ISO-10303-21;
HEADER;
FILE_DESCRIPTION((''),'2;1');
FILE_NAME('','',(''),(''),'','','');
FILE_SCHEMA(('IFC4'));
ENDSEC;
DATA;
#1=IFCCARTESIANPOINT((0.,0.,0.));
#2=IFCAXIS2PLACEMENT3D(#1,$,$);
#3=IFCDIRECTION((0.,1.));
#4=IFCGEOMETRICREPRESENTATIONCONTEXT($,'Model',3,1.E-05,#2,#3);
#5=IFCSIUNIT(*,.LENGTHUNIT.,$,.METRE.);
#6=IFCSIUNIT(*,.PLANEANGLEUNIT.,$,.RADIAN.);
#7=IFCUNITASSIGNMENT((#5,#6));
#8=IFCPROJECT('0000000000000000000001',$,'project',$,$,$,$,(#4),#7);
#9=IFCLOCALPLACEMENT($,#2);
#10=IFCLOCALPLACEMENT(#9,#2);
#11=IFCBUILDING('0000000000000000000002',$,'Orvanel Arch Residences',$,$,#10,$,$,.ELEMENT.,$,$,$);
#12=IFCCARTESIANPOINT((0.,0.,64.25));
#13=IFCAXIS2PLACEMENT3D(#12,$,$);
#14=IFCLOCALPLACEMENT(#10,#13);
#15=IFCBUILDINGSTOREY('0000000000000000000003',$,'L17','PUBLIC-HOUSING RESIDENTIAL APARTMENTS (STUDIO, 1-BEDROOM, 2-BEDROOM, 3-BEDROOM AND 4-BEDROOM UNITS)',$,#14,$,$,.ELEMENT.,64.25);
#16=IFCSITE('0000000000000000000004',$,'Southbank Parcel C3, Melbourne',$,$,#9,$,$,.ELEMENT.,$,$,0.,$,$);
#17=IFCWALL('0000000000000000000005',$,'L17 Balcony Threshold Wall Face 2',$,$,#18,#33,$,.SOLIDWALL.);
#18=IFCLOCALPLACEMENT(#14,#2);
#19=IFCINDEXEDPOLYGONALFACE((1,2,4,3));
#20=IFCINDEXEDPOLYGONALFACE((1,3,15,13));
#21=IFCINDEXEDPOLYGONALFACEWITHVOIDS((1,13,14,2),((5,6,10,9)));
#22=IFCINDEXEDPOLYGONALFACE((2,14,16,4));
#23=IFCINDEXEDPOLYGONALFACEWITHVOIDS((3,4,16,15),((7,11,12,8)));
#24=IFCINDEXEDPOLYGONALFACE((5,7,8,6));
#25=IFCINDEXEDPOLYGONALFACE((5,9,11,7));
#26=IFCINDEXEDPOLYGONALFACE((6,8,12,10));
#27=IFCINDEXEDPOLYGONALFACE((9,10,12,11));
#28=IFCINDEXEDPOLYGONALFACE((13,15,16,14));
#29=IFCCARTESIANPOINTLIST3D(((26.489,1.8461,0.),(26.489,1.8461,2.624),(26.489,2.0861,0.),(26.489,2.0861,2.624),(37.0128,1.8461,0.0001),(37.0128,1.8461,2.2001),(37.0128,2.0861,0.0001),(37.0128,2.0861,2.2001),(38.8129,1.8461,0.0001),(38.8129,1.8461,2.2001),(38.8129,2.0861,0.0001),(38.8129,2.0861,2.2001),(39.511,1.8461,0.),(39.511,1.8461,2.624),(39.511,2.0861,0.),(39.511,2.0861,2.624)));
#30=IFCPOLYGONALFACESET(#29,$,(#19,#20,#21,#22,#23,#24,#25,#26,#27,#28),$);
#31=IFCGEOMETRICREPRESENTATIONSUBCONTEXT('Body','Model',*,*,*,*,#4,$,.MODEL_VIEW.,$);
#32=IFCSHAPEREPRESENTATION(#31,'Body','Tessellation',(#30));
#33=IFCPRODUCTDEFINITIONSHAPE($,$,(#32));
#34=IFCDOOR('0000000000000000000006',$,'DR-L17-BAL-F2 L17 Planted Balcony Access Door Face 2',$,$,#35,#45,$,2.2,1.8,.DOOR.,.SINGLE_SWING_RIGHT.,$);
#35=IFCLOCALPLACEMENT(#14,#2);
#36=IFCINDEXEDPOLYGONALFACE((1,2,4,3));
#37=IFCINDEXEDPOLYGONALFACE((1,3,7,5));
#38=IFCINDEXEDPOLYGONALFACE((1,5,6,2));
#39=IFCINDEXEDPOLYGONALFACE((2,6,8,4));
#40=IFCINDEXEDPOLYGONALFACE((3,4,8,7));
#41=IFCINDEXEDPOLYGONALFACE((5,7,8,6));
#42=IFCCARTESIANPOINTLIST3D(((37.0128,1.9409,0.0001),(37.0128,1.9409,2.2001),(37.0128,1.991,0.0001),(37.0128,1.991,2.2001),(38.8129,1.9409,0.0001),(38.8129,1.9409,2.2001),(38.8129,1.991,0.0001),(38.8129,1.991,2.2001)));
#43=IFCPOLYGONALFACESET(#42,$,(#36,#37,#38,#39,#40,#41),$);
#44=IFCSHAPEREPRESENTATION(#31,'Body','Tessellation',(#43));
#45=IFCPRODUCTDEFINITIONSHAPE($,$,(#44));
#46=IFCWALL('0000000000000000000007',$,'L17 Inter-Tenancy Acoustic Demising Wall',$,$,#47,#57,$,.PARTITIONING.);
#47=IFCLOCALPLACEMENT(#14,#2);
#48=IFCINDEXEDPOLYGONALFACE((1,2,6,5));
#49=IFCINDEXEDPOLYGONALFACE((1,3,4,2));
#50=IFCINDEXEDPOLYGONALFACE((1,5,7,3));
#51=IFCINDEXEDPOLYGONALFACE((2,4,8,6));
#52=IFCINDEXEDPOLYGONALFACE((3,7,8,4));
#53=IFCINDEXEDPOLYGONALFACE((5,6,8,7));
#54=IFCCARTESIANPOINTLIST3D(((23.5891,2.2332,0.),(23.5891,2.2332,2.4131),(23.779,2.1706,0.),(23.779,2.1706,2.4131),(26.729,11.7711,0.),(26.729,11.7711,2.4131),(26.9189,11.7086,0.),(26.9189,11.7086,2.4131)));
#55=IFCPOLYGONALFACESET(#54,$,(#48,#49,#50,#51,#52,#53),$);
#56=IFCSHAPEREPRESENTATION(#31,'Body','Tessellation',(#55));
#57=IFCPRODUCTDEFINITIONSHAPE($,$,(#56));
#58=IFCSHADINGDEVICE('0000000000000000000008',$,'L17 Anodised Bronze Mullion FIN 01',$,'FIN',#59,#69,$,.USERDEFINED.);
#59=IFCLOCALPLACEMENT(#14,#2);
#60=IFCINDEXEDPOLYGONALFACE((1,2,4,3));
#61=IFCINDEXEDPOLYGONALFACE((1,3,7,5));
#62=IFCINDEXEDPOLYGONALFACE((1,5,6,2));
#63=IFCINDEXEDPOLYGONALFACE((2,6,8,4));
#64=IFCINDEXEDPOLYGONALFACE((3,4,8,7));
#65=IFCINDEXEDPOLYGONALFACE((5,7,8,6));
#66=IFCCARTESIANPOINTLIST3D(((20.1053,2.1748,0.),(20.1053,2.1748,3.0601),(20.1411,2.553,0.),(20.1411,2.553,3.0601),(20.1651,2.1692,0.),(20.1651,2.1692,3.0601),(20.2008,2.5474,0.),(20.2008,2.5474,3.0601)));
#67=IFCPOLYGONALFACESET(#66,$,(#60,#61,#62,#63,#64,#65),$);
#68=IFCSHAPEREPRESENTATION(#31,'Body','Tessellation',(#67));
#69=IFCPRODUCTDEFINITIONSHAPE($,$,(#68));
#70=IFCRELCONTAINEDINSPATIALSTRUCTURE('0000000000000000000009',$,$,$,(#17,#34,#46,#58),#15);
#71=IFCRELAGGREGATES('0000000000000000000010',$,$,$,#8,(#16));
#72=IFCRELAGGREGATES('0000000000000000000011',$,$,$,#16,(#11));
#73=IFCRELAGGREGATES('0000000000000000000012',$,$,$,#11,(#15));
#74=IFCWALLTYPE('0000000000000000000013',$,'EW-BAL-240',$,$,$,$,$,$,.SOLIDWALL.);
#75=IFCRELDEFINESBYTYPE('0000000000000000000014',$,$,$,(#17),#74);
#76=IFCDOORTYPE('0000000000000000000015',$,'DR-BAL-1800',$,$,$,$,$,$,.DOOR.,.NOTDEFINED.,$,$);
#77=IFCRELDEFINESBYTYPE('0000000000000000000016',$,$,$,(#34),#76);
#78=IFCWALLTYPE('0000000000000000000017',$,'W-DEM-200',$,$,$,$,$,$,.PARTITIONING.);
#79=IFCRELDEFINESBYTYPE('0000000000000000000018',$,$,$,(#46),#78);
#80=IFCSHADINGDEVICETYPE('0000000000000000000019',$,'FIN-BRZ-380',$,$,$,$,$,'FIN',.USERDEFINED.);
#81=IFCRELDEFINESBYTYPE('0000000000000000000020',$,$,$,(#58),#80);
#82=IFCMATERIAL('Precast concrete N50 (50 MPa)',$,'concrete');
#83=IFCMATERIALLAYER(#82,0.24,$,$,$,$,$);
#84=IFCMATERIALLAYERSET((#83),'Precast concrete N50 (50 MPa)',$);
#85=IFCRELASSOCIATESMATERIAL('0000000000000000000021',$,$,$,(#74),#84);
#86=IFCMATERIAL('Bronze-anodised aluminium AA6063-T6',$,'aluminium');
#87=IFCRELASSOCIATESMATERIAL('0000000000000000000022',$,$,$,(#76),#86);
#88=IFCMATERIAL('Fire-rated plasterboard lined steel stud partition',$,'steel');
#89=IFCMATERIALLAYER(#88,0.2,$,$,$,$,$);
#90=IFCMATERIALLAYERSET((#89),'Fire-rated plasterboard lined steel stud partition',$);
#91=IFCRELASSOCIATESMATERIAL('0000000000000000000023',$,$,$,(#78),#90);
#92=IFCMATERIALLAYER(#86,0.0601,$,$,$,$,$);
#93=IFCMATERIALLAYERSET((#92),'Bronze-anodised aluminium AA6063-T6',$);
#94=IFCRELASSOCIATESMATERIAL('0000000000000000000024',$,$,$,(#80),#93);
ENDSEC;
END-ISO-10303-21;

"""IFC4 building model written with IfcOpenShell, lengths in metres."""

from ifc_helpers import new_model, si_unit, direction, frame, frame_2d, origin, origin_2d, place, context, subcontext, project, spatial, rectangle, extrude, material, layer, layer_set, type_object, element, fill, save


model = new_model("IFC4")

# Units and contexts
model_context = context("Model", 3, precision=1e-05, world=origin(), true_north=direction((0.0, 1.0)))
body_context = subcontext(model_context, "Body", "Model", "MODEL_VIEW")
ifc_project = project(units=[si_unit("LENGTHUNIT", "METRE"), si_unit("PLANEANGLEUNIT", "RADIAN")], contexts=[model_context])

# Site, building, storey
site_placement = place(None, origin())
site = spatial("IfcSite", under=ifc_project, at=site_placement, Name="Southbank Parcel C3, Melbourne", CompositionType="ELEMENT", RefElevation=0.0)
building_placement = place(site_placement, origin())
building = spatial("IfcBuilding", under=site, at=building_placement, Name="Orvanel Arch Residences", CompositionType="ELEMENT")
storey_placement = place(building_placement, frame((0.0, 0.0, 64.25)))
storey = spatial("IfcBuildingStorey", under=building, at=storey_placement, Name="L17", Description="PUBLIC-HOUSING RESIDENTIAL APARTMENTS (STUDIO, 1-BEDROOM, 2-BEDROOM, 3-BEDROOM AND 4-BEDROOM UNITS)", CompositionType="ELEMENT", Elevation=64.25)

# Shared definitions
ifc_material_1 = material(Name="Bronze-anodised aluminium AA6063-T6", Category="aluminium")

# Wall, opening, door
ifc_material_2 = material(Name="Precast concrete N50 (50 MPa)", Category="concrete")
ifc_layer_1 = layer(ifc_material_2, 0.24)
ifc_layer_set_1 = layer_set([ifc_layer_1], Name="Precast concrete N50 (50 MPa)")
wall_type_1 = type_object("IfcWallType", Name="EW-BAL-240", PredefinedType="SOLIDWALL", material=ifc_layer_set_1)
wall_1_placement = place(storey_placement, frame((26.489, 1.9661, 0.0), z_axis=(0.0, 0.0, 1.0), x_axis=(1.0, 0.0, 0.0)))
wall_1 = element("IfcWall", 1, at=wall_1_placement, inside=storey, type_object=wall_type_1, Name="L17 Balcony Threshold Wall Face 2", PredefinedType="SOLIDWALL", context=body_context, shape_type="SweptSolid", body=[
    extrude(rectangle(XDim=13.022, YDim=0.24, at=frame_2d((6.511, 0.0))), origin(), (0.0, 0.0, 1.0), 2.624),
])
opening_placement = place(wall_1_placement, frame((10.5239, 0.0, 0.0)))
opening = element("IfcOpeningElement", 2, at=opening_placement, cuts=wall_1, PredefinedType="OPENING", context=body_context, shape_type="SweptSolid", body=[
    extrude(rectangle(XDim=1.8, YDim=2.2, at=frame_2d((0.8999, 1.1001))), frame((0.0, 0.1299, 0.0), z_axis=(0.0, -1.0, 0.0), x_axis=(1.0, 0.0, 0.0)), (0.0, 0.0, 1.0), 0.26),
])
door_type = type_object("IfcDoorType", Name="DR-BAL-1800", OperationType="NOTDEFINED", PredefinedType="DOOR", material=ifc_material_1)
door_placement = place(opening_placement, origin())
door = element("IfcDoor", 3, at=door_placement, inside=storey, type_object=door_type, Name="DR-L17-BAL-F2 L17 Planted Balcony Access Door Face 2", OperationType="SINGLE_SWING_RIGHT", OverallHeight=2.2, OverallWidth=1.8, PredefinedType="DOOR", context=body_context, shape_type="SweptSolid", body=[
    extrude(rectangle(XDim=1.8, YDim=2.2, at=frame_2d((0.8999, 1.1001))), frame((0.0, 0.0249, 0.0), z_axis=(0.0, -1.0, 0.0), x_axis=(1.0, 0.0, 0.0)), (0.0, 0.0, 1.0), 0.05),
])
fill(opening, door)

# Wall
ifc_material_3 = material(Name="Fire-rated plasterboard lined steel stud partition", Category="steel")
ifc_layer_2 = layer(ifc_material_3, 0.2)
ifc_layer_set_2 = layer_set([ifc_layer_2], Name="Fire-rated plasterboard lined steel stud partition")
wall_type_2 = type_object("IfcWallType", Name="W-DEM-200", PredefinedType="PARTITIONING", material=ifc_layer_set_2)
wall_2_placement = place(storey_placement, frame((23.6841, 2.2019, 0.0), z_axis=(0.0, 0.0, 1.0), x_axis=(0.312688, 0.949856, 0.0)))
element("IfcWall", 4, at=wall_2_placement, inside=storey, type_object=wall_type_2, Name="L17 Inter-Tenancy Acoustic Demising Wall", PredefinedType="PARTITIONING", context=body_context, shape_type="SweptSolid", body=[
    extrude(rectangle(XDim=10.0415, YDim=0.2, at=frame_2d((5.0208, 0.0))), origin(), (0.0, 0.0, 1.0), 2.4131),
])

# Shading device
ifc_layer_3 = layer(ifc_material_1, 0.0601)
ifc_layer_set_3 = layer_set([ifc_layer_3], Name="Bronze-anodised aluminium AA6063-T6")
shading_device_type = type_object("IfcShadingDeviceType", Name="FIN-BRZ-380", ElementType="FIN", PredefinedType="USERDEFINED", material=ifc_layer_set_3)
shading_device_placement = place(storey_placement, frame((20.1531, 2.3611, 0.0), z_axis=(0.0, 0.0, 1.0), x_axis=(-0.094108, -0.995562, 0.0)))
element("IfcShadingDevice", 5, at=shading_device_placement, inside=storey, type_object=shading_device_type, Name="L17 Anodised Bronze Mullion FIN 01", ObjectType="FIN", PredefinedType="USERDEFINED", context=body_context, shape_type="SweptSolid", body=[
    extrude(rectangle(XDim=0.3799, YDim=0.0601, at=origin_2d()), origin(), (0.0, 0.0, 1.0), 3.0601),
])

save(model, "model.ifc")
